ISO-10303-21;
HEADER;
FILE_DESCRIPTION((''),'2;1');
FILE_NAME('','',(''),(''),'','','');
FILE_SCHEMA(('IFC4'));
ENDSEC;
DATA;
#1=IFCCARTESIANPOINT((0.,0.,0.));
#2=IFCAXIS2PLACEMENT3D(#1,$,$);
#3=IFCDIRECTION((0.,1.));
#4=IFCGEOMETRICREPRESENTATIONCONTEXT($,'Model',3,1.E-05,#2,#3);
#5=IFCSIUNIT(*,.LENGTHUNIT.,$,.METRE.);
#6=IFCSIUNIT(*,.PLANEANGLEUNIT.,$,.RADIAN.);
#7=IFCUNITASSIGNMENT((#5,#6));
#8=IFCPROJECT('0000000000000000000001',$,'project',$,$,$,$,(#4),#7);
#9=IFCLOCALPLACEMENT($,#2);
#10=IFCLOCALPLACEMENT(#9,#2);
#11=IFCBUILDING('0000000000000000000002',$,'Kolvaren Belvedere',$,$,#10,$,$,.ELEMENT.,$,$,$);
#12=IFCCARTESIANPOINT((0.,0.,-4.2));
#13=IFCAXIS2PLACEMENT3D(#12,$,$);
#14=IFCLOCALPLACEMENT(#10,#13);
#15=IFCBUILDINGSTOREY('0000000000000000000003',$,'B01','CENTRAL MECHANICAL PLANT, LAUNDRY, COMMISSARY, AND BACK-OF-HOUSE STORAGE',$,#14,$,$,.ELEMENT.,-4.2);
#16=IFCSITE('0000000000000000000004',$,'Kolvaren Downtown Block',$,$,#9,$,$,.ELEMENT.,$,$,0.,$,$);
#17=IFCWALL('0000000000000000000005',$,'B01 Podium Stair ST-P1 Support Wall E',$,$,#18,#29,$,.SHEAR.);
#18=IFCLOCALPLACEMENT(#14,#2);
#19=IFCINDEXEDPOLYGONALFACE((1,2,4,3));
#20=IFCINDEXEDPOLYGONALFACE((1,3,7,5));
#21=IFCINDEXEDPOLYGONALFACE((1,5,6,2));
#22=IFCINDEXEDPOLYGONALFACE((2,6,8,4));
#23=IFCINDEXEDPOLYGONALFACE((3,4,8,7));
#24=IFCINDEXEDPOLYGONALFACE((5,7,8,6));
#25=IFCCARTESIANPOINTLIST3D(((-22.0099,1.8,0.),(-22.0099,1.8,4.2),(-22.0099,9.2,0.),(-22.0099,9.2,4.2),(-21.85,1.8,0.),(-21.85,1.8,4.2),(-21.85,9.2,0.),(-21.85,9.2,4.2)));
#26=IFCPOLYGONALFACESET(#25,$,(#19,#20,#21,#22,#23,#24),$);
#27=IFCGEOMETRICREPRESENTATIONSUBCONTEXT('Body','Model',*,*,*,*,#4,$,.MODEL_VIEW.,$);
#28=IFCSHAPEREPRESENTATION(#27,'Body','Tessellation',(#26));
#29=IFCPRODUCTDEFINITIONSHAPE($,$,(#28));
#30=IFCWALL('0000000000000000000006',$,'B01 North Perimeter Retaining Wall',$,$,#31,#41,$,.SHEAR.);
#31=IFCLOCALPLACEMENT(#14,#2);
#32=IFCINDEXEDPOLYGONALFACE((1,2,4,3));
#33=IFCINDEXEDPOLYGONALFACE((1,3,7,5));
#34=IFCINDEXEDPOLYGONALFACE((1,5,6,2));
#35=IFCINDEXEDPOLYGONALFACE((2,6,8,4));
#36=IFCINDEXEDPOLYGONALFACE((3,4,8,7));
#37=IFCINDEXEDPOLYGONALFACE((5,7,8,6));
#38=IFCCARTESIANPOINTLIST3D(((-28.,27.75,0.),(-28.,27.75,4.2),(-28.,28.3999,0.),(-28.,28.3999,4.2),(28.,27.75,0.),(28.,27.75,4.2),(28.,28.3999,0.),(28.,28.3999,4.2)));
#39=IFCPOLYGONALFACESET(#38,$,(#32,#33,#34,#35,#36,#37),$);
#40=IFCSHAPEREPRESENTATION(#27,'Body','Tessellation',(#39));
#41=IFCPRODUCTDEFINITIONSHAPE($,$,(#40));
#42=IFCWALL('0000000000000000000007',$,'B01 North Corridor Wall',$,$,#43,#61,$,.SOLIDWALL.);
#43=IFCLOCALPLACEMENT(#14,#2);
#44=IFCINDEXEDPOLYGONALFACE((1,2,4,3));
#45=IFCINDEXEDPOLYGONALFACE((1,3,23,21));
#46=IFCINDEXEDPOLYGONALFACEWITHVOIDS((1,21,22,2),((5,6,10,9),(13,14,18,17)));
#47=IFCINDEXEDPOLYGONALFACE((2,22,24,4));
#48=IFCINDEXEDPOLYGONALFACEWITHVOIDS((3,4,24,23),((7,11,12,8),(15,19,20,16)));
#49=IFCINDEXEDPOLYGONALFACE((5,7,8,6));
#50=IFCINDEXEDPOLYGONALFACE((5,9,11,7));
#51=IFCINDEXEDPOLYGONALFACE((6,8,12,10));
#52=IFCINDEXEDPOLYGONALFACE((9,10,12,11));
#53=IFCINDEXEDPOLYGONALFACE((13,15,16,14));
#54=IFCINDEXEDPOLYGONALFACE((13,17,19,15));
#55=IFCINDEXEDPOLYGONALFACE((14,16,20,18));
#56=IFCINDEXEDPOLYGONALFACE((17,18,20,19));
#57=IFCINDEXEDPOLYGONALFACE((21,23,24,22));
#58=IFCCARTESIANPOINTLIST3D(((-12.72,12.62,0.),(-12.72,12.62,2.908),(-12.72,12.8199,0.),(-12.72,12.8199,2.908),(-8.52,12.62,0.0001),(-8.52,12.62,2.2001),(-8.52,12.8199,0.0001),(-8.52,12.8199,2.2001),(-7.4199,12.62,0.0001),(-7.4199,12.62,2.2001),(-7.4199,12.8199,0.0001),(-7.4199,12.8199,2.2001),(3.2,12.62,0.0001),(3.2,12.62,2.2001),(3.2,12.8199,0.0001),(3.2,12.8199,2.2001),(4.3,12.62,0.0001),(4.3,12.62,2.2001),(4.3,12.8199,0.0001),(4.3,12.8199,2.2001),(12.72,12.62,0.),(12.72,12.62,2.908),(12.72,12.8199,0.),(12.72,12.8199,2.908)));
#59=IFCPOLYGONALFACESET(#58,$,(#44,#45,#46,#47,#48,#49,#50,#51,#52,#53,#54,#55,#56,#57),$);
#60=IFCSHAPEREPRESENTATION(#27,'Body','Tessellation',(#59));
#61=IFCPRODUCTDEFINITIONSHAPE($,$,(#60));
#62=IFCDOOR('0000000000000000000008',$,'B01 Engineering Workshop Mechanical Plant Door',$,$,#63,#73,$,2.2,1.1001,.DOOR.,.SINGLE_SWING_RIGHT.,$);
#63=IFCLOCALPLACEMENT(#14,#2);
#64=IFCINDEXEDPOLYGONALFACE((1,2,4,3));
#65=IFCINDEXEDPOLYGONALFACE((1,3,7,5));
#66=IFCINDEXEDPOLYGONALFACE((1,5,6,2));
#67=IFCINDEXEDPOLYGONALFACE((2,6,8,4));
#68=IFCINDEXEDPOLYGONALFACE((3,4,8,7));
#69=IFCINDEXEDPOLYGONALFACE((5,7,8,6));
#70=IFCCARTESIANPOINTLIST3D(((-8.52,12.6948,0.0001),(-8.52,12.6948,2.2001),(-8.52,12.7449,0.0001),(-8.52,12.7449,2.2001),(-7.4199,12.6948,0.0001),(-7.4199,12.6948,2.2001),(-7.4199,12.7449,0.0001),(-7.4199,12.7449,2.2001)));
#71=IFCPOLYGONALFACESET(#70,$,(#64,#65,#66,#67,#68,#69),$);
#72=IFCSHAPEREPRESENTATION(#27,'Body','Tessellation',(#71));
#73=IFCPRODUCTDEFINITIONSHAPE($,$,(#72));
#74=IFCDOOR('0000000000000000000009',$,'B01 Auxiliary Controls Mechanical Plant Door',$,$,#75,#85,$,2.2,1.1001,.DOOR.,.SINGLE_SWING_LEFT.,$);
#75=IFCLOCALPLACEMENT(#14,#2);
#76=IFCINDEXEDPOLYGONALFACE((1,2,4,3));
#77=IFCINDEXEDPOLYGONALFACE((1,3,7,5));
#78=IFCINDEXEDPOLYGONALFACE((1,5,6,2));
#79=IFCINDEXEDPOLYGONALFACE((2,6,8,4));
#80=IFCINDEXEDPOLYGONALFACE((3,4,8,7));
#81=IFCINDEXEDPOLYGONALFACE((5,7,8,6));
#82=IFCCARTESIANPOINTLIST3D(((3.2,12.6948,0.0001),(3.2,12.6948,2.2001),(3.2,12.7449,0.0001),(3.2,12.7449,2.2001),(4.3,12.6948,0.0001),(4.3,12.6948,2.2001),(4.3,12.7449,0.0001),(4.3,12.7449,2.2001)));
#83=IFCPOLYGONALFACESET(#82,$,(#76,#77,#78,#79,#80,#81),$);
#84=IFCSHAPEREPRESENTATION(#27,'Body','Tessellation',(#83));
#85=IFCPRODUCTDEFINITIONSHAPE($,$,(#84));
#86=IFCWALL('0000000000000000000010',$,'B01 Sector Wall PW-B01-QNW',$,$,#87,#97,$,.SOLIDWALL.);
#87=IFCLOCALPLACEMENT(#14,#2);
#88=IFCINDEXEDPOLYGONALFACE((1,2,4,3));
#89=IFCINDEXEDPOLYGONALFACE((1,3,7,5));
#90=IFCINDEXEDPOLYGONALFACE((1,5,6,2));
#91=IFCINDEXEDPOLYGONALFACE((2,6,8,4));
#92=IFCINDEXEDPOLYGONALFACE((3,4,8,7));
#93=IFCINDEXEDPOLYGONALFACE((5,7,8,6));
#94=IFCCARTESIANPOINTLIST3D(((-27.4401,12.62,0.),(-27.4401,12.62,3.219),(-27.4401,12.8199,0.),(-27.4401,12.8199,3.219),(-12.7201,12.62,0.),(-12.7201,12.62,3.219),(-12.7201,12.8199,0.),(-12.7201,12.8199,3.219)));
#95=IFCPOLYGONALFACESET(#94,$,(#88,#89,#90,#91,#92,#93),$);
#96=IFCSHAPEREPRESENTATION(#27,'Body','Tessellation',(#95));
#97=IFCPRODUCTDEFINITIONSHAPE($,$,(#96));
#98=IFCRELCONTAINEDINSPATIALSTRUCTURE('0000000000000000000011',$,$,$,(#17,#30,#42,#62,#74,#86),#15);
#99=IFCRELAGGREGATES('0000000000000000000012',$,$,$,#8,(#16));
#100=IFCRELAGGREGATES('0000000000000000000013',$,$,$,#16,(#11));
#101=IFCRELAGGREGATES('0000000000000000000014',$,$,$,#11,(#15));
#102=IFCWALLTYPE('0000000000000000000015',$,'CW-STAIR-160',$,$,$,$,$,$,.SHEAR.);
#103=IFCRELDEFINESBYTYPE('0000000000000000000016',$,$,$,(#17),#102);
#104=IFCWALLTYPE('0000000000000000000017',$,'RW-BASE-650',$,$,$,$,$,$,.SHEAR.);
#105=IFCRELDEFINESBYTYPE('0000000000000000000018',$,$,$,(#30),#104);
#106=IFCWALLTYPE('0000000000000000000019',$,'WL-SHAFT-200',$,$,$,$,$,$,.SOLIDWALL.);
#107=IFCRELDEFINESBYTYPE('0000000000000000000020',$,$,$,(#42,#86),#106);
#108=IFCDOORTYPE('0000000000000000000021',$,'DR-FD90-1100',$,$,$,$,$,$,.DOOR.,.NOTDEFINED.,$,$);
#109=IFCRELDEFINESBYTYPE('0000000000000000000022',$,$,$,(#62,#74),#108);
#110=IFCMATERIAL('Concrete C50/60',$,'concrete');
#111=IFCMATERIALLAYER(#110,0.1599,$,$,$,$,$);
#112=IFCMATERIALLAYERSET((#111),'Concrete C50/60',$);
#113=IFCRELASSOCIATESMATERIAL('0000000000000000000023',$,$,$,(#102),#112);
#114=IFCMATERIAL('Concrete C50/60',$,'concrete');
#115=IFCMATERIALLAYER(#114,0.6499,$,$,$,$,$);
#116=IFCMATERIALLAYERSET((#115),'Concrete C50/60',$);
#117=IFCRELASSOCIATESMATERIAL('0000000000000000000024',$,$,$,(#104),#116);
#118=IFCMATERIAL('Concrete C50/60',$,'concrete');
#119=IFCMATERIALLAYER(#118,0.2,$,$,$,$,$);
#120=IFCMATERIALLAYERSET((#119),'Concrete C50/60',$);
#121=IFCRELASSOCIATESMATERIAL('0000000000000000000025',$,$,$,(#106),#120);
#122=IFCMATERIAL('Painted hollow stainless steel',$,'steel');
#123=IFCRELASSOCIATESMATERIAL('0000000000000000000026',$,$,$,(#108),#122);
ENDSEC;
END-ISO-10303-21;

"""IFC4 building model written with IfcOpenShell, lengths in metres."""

from ifc_helpers import new_model, si_unit, direction, frame, frame_2d, origin, place, context, subcontext, project, spatial, rectangle, extrude, material, layer, layer_set, type_object, element, fill, save


model = new_model("IFC4")

# Units and contexts
model_context = context("Model", 3, precision=1e-05, world=origin(), true_north=direction((0.0, 1.0)))
body_context = subcontext(model_context, "Body", "Model", "MODEL_VIEW")
ifc_project = project(units=[si_unit("LENGTHUNIT", "METRE"), si_unit("PLANEANGLEUNIT", "RADIAN")], contexts=[model_context])

# Site, building, storey
site_placement = place(None, origin())
site = spatial("IfcSite", under=ifc_project, at=site_placement, Name="Kolvaren Downtown Block", CompositionType="ELEMENT", RefElevation=0.0)
building_placement = place(site_placement, origin())
building = spatial("IfcBuilding", under=site, at=building_placement, Name="Kolvaren Belvedere", CompositionType="ELEMENT")
storey_placement = place(building_placement, frame((0.0, 0.0, -4.2)))
storey = spatial("IfcBuildingStorey", under=building, at=storey_placement, Name="B01", Description="CENTRAL MECHANICAL PLANT, LAUNDRY, COMMISSARY, AND BACK-OF-HOUSE STORAGE", CompositionType="ELEMENT", Elevation=-4.2)

# Walls
ifc_material_1 = material(Name="Concrete C50/60", Category="concrete")
ifc_layer_1 = layer(ifc_material_1, 0.1599)
ifc_layer_set_1 = layer_set([ifc_layer_1], Name="Concrete C50/60")
wall_type_1 = type_object("IfcWallType", Name="CW-STAIR-160", PredefinedType="SHEAR", material=ifc_layer_set_1)
for number, where, z_axis, x_axis, name in (
    (1, (-21.9299, 1.8, 0.0), (0.0, 0.0, 1.0), (0.0, 1.0, 0.0), "B01 Podium Stair ST-P1 Support Wall E"),
):
    element("IfcWall", number, at=place(storey_placement, frame(where, z_axis=z_axis, x_axis=x_axis)), inside=storey, type_object=wall_type_1, Name=name, PredefinedType="SHEAR", context=body_context, shape_type="SweptSolid", body=[
        extrude(rectangle(XDim=7.3999, YDim=0.1599, at=frame_2d((3.7, 0.0))), origin(), (0.0, 0.0, 1.0), 4.2),
    ])
ifc_material_2 = material(Name="Concrete C50/60", Category="concrete")
ifc_layer_2 = layer(ifc_material_2, 0.6499)
ifc_layer_set_2 = layer_set([ifc_layer_2], Name="Concrete C50/60")
wall_type_2 = type_object("IfcWallType", Name="RW-BASE-650", PredefinedType="SHEAR", material=ifc_layer_set_2)
wall_1_placement = place(storey_placement, frame((-28.0, 28.075, 0.0), z_axis=(0.0, 0.0, 1.0), x_axis=(1.0, 0.0, 0.0)))
element("IfcWall", 2, at=wall_1_placement, inside=storey, type_object=wall_type_2, Name="B01 North Perimeter Retaining Wall", PredefinedType="SHEAR", context=body_context, shape_type="SweptSolid", body=[
    extrude(rectangle(XDim=56.0, YDim=0.6499, at=frame_2d((28.0, 0.0))), origin(), (0.0, 0.0, 1.0), 4.2),
])

# Wall, openings, doors
ifc_material_3 = material(Name="Concrete C50/60", Category="concrete")
ifc_layer_3 = layer(ifc_material_3, 0.2)
ifc_layer_set_3 = layer_set([ifc_layer_3], Name="Concrete C50/60")
wall_type_3 = type_object("IfcWallType", Name="WL-SHAFT-200", PredefinedType="SOLIDWALL", material=ifc_layer_set_3)
wall_2_placement = place(storey_placement, frame((-12.72, 12.72, 0.0), z_axis=(0.0, 0.0, 1.0), x_axis=(1.0, 0.0, 0.0)))
wall_2 = element("IfcWall", 3, at=wall_2_placement, inside=storey, type_object=wall_type_3, Name="B01 North Corridor Wall", PredefinedType="SOLIDWALL", context=body_context, shape_type="SweptSolid", body=[
    extrude(rectangle(XDim=25.4399, YDim=0.2, at=frame_2d((12.72, 0.0))), origin(), (0.0, 0.0, 1.0), 2.908),
])
opening_1_placement = place(wall_2_placement, frame((4.2, 0.0, 0.0)))
opening_1 = element("IfcOpeningElement", 4, at=opening_1_placement, cuts=wall_2, PredefinedType="OPENING", context=body_context, shape_type="SweptSolid", body=[
    extrude(rectangle(XDim=1.1001, YDim=2.2, at=frame_2d((0.55, 1.1001))), frame((0.0, 0.1099, 0.0), z_axis=(0.0, -1.0, 0.0), x_axis=(1.0, 0.0, 0.0)), (0.0, 0.0, 1.0), 0.22),
])
opening_2_placement = place(wall_2_placement, frame((15.9199, 0.0, 0.0)))
opening_2 = element("IfcOpeningElement", 5, at=opening_2_placement, cuts=wall_2, PredefinedType="OPENING", context=body_context, shape_type="SweptSolid", body=[
    extrude(rectangle(XDim=1.1001, YDim=2.2, at=frame_2d((0.55, 1.1001))), frame((0.0, 0.1099, 0.0), z_axis=(0.0, -1.0, 0.0), x_axis=(1.0, 0.0, 0.0)), (0.0, 0.0, 1.0), 0.22),
])
ifc_material_4 = material(Name="Painted hollow stainless steel", Category="steel")
door_type = type_object("IfcDoorType", Name="DR-FD90-1100", OperationType="NOTDEFINED", PredefinedType="DOOR", material=ifc_material_4)
door_1_placement = place(opening_1_placement, origin())
door_1 = element("IfcDoor", 6, at=door_1_placement, inside=storey, type_object=door_type, Name="B01 Engineering Workshop Mechanical Plant Door", OperationType="SINGLE_SWING_RIGHT", OverallHeight=2.2, OverallWidth=1.1001, PredefinedType="DOOR", context=body_context, shape_type="SweptSolid", body=[
    extrude(rectangle(XDim=1.1001, YDim=2.2, at=frame_2d((0.55, 1.1001))), frame((0.0, 0.0249, 0.0), z_axis=(0.0, -1.0, 0.0), x_axis=(1.0, 0.0, 0.0)), (0.0, 0.0, 1.0), 0.05),
])
fill(opening_1, door_1)
door_2_placement = place(opening_2_placement, origin())
door_2 = element("IfcDoor", 7, at=door_2_placement, inside=storey, type_object=door_type, Name="B01 Auxiliary Controls Mechanical Plant Door", OperationType="SINGLE_SWING_LEFT", OverallHeight=2.2, OverallWidth=1.1001, PredefinedType="DOOR", context=body_context, shape_type="SweptSolid", body=[
    extrude(rectangle(XDim=1.1001, YDim=2.2, at=frame_2d((0.55, 1.1001))), frame((0.0, 0.0249, 0.0), z_axis=(0.0, -1.0, 0.0), x_axis=(1.0, 0.0, 0.0)), (0.0, 0.0, 1.0), 0.05),
])
fill(opening_2, door_2)

# Wall
wall_3_placement = place(storey_placement, frame((-27.4399, 12.72, 0.0), z_axis=(0.0, 0.0, 1.0), x_axis=(1.0, 0.0, 0.0)))
element("IfcWall", 8, at=wall_3_placement, inside=storey, type_object=wall_type_3, Name="B01 Sector Wall PW-B01-QNW", PredefinedType="SOLIDWALL", context=body_context, shape_type="SweptSolid", body=[
    extrude(rectangle(XDim=14.72, YDim=0.2, at=frame_2d((7.3599, 0.0))), origin(), (0.0, 0.0, 1.0), 3.219),
])

save(model, "model.ifc")
